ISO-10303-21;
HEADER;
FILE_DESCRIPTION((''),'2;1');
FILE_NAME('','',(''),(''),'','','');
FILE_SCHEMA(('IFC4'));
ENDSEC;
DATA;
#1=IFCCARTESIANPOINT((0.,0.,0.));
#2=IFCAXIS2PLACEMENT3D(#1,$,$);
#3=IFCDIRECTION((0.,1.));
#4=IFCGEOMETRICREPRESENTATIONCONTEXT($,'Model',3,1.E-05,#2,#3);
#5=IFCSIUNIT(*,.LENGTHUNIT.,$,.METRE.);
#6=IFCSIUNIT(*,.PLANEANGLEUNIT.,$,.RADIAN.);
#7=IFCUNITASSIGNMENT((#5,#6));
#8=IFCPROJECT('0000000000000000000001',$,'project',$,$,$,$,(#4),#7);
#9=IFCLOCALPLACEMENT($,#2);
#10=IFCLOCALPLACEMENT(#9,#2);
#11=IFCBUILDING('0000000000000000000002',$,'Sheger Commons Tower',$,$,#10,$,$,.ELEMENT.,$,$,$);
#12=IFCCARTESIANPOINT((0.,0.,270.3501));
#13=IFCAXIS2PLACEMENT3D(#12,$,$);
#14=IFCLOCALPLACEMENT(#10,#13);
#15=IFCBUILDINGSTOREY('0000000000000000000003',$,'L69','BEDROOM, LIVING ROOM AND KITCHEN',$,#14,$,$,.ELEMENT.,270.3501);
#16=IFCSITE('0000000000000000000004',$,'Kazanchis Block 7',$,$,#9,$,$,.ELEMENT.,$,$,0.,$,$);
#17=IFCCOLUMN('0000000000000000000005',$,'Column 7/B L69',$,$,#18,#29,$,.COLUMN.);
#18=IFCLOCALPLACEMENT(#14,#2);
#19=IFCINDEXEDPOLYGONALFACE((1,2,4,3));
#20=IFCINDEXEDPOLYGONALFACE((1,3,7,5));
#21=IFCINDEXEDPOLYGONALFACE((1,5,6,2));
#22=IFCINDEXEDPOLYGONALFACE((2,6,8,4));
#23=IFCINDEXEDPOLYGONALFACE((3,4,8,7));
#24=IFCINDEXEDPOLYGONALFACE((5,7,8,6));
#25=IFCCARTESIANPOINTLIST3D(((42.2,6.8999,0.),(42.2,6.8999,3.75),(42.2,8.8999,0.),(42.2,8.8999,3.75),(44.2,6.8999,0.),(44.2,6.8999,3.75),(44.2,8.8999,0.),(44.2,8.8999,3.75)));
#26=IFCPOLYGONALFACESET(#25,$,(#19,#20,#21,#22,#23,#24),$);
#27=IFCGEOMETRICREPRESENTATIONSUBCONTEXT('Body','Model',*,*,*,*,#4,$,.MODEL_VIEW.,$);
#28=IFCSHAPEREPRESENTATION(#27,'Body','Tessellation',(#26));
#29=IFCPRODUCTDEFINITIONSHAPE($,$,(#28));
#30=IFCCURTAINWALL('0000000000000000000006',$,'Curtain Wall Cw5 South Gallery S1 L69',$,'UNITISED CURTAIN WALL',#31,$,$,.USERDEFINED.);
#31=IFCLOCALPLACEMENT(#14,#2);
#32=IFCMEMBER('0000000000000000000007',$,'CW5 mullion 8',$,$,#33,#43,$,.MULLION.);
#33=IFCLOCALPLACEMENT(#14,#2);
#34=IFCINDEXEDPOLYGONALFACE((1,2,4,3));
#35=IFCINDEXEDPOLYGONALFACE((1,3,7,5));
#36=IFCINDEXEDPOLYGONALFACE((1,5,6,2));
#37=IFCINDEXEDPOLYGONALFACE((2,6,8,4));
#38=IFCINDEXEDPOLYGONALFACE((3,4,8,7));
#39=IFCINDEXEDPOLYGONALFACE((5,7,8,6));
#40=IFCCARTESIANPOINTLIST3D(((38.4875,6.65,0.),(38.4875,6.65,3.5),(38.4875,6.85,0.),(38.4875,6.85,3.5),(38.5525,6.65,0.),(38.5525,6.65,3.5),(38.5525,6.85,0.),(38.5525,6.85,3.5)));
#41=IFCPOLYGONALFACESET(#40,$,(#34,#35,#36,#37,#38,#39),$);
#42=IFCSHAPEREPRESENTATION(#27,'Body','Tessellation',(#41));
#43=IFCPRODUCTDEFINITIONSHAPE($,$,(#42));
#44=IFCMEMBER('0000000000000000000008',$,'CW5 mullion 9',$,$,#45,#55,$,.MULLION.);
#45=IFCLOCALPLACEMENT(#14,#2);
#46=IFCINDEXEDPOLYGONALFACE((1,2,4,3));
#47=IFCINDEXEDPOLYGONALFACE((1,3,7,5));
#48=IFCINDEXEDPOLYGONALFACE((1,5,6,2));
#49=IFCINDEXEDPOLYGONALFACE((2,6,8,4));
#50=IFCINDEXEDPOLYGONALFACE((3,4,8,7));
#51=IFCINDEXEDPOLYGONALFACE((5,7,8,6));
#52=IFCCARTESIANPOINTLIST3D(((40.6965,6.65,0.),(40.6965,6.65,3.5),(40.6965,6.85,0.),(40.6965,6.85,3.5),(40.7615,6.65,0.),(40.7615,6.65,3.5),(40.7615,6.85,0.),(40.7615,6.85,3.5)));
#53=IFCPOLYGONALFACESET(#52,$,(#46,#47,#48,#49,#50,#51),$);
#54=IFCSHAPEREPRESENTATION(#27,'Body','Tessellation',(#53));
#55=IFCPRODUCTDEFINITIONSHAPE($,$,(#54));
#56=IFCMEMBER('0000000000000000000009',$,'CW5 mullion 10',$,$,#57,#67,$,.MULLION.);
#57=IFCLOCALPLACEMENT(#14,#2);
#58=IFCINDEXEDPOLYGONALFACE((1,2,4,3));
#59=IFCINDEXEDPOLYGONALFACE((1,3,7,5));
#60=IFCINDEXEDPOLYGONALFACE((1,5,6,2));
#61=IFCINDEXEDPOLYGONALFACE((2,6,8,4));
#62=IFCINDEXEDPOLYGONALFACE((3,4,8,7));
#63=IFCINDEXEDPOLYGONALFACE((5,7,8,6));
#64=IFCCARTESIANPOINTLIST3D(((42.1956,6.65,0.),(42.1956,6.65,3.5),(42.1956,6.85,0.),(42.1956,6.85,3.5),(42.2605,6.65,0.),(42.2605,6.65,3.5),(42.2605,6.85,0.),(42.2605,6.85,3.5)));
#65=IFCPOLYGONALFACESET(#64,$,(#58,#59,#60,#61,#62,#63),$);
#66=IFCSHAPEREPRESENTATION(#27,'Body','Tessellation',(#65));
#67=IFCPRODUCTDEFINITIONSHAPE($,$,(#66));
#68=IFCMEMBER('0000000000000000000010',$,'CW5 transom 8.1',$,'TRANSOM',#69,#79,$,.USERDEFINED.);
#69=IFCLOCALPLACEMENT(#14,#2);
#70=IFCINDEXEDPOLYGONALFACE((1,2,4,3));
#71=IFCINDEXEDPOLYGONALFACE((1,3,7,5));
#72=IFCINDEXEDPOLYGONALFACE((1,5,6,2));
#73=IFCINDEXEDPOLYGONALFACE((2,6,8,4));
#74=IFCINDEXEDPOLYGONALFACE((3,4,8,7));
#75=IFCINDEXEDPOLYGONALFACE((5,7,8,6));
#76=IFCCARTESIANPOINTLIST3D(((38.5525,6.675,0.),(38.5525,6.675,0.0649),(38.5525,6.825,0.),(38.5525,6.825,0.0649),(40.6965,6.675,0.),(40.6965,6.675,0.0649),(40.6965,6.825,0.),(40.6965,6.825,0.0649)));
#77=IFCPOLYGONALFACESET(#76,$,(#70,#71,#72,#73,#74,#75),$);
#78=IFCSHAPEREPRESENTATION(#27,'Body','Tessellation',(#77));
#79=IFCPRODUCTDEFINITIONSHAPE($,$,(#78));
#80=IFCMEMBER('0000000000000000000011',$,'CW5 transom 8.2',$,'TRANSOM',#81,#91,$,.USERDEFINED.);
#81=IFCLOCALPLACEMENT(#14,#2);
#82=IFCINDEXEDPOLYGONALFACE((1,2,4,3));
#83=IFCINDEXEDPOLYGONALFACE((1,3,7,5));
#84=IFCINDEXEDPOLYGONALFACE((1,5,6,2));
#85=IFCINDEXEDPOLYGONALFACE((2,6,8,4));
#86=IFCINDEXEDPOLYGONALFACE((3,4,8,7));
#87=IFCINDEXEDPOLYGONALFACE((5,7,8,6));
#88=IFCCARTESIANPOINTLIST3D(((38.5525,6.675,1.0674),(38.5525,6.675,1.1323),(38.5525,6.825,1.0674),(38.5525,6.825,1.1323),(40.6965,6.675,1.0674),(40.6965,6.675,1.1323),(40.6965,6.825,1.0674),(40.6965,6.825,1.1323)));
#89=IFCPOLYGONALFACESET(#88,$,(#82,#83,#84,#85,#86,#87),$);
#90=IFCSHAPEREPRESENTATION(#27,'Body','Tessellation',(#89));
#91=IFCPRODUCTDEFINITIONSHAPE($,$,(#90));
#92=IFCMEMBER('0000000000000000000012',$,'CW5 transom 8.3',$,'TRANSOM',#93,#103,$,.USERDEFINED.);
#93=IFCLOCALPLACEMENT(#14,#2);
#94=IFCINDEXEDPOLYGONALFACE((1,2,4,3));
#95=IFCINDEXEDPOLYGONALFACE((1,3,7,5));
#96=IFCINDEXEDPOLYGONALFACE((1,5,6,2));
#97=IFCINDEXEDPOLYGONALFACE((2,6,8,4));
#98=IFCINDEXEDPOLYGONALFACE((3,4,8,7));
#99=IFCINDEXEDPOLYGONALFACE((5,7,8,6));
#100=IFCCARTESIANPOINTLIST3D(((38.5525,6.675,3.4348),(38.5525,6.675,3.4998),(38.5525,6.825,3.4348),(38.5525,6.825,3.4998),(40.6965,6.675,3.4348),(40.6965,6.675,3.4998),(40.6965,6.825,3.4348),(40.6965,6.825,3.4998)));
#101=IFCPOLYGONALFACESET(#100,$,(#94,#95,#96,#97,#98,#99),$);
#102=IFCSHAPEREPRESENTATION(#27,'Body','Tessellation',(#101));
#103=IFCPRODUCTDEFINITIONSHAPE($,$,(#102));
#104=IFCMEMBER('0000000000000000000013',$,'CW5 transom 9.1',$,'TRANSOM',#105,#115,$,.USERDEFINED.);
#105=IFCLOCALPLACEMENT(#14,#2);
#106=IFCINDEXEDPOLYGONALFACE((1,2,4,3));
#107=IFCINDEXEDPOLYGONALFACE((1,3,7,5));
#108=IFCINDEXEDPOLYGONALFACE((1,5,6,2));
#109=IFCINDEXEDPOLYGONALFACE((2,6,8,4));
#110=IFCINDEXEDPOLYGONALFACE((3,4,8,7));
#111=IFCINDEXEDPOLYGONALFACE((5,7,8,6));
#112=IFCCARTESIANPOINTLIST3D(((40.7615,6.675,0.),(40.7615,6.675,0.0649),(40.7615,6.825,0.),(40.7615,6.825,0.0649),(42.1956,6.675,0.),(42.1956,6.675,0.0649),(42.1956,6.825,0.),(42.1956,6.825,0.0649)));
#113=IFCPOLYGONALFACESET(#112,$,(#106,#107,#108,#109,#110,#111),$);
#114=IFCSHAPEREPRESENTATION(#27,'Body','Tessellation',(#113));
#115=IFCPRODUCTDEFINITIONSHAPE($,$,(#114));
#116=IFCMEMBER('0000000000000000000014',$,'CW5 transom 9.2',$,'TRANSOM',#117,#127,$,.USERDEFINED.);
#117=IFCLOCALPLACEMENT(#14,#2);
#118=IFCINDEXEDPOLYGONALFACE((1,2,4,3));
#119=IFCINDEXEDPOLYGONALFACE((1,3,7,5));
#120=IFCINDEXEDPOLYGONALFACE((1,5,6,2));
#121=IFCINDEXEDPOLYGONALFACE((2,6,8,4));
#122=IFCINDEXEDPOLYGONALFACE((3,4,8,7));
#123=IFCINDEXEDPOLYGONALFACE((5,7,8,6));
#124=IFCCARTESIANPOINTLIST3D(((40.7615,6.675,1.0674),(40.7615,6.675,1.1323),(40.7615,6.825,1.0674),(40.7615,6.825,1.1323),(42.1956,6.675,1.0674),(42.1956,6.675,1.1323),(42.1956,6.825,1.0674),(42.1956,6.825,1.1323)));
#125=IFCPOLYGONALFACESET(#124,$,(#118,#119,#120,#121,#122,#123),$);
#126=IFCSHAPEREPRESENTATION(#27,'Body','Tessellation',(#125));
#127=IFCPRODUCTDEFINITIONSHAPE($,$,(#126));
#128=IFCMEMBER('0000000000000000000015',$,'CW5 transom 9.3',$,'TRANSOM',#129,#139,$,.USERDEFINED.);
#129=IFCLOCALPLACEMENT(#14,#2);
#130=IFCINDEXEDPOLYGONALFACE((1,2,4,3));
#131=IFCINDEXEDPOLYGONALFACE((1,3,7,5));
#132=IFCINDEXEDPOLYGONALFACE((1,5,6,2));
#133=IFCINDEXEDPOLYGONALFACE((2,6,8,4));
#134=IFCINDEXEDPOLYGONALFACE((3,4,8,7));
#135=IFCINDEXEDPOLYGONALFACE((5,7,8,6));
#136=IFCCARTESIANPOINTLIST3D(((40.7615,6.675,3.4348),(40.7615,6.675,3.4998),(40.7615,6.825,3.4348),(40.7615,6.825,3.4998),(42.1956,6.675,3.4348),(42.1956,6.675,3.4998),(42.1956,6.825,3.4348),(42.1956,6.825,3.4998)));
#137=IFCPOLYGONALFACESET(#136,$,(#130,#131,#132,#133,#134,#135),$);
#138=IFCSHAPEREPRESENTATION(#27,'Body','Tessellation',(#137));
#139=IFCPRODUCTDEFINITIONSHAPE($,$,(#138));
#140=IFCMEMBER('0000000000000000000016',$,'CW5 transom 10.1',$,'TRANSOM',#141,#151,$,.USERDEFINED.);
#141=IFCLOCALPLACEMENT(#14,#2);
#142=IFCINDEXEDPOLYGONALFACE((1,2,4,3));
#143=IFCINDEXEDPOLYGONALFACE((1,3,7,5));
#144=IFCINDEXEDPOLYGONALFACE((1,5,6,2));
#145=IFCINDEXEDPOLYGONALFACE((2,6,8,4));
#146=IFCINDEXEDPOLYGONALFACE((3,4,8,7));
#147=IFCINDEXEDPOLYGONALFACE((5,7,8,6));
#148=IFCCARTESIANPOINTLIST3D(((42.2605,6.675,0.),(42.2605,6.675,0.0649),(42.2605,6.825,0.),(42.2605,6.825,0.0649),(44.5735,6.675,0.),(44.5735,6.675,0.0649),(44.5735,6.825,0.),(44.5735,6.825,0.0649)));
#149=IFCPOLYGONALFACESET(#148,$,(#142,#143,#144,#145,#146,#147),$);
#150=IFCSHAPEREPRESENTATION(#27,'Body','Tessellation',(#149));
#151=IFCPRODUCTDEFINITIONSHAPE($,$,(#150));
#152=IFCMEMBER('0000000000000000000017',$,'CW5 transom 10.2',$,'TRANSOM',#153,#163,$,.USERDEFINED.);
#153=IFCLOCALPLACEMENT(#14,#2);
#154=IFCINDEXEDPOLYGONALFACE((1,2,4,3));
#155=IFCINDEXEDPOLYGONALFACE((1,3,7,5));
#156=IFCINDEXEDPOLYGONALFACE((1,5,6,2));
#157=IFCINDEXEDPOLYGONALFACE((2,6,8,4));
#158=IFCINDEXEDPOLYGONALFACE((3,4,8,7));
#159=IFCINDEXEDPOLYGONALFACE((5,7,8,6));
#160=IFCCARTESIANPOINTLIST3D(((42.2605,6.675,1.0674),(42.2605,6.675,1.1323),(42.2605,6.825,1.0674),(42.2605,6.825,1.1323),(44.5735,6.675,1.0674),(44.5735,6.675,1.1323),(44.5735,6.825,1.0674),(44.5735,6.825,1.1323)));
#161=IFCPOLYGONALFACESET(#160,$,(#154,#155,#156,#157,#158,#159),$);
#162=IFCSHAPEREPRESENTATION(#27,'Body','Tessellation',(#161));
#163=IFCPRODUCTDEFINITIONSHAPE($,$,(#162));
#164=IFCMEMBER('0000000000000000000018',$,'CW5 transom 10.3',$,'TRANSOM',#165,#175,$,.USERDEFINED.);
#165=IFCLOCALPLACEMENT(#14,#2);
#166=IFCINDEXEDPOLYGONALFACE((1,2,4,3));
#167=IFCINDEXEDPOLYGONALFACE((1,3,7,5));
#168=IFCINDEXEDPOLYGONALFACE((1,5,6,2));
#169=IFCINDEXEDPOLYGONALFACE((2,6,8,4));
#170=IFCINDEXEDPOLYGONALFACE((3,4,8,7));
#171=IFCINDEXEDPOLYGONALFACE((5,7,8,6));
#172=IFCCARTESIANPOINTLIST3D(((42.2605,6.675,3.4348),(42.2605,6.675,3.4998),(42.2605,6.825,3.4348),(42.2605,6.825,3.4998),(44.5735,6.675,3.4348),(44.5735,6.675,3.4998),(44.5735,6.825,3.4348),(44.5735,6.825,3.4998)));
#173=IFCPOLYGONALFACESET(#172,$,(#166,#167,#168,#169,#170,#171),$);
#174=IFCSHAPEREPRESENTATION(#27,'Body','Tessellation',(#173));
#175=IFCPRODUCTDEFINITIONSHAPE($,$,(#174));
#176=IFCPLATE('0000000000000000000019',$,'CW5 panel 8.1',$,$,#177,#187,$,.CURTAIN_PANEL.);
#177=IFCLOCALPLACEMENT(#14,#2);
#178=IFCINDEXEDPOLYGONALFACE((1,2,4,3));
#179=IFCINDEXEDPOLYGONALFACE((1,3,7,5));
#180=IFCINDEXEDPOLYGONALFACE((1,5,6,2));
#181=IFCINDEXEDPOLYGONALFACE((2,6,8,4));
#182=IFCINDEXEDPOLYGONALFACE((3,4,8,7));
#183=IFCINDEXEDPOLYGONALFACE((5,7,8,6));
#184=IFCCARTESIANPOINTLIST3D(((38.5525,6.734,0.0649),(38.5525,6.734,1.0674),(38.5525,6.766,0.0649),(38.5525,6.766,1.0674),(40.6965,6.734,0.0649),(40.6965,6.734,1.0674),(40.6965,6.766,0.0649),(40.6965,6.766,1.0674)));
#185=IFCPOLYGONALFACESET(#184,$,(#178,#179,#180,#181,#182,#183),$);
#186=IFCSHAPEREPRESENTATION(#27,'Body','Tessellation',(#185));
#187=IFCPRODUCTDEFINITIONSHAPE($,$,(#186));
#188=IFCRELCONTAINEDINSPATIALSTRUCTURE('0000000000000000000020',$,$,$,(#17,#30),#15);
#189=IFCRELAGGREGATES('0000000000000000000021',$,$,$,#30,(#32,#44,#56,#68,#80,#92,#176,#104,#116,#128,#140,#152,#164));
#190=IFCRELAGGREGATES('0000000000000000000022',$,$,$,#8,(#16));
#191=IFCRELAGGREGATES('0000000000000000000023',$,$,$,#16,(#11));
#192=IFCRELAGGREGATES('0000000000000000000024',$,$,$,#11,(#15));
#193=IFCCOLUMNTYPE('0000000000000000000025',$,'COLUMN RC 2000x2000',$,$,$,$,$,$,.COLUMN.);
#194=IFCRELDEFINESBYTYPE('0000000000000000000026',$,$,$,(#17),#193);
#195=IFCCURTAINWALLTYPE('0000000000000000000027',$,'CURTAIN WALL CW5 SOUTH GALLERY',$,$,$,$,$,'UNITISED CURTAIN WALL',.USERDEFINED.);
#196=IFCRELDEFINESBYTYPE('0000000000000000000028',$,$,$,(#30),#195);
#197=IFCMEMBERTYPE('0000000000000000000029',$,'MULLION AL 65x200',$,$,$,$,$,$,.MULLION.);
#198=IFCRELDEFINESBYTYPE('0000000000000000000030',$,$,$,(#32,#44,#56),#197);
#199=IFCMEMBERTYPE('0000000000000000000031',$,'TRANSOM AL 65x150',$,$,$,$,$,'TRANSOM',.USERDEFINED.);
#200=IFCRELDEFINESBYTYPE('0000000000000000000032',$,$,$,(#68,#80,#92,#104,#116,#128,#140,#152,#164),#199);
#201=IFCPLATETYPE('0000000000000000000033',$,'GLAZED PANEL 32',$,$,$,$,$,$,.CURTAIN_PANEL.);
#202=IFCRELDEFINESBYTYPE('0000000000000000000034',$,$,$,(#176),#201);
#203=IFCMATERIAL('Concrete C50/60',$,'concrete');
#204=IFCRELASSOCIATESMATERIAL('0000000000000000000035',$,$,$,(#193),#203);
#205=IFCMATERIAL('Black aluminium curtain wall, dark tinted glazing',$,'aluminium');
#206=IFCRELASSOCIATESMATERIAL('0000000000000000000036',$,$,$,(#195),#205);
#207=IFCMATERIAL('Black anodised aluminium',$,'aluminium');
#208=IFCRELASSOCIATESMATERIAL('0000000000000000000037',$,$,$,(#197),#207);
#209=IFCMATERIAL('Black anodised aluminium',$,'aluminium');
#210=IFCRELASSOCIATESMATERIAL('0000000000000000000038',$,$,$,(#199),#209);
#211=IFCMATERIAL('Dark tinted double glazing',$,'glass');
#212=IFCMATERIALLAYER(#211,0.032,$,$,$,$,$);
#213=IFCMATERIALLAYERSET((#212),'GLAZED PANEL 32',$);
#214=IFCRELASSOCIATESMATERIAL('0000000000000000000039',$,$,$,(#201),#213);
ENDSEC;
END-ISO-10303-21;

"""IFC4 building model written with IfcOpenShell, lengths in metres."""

from ifc_helpers import new_model, si_unit, direction, frame, origin, origin_2d, place, context, subcontext, project, spatial, rectangle, extrude, material, layer, layer_set, material_profile, profile_set, type_object, element, aggregate, save


model = new_model("IFC4")

# Units and contexts
model_context = context("Model", 3, precision=1e-05, world=origin(), true_north=direction((0.0, 1.0)))
body_context = subcontext(model_context, "Body", "Model", "MODEL_VIEW")
ifc_project = project(units=[si_unit("LENGTHUNIT", "METRE"), si_unit("PLANEANGLEUNIT", "RADIAN")], contexts=[model_context])

# Site, building, storey
site_placement = place(None, origin())
site = spatial("IfcSite", under=ifc_project, at=site_placement, Name="Kazanchis Block 7", CompositionType="ELEMENT", RefElevation=0.0)
building_placement = place(site_placement, origin())
building = spatial("IfcBuilding", under=site, at=building_placement, Name="Sheger Commons Tower", CompositionType="ELEMENT")
storey_placement = place(building_placement, frame((0.0, 0.0, 270.3501)))
storey = spatial("IfcBuildingStorey", under=building, at=storey_placement, Name="L69", Description="BEDROOM, LIVING ROOM AND KITCHEN", CompositionType="ELEMENT", Elevation=270.3501)

# Column
ifc_material_1 = material(Name="Concrete C50/60", Category="concrete")
ifc_material_profile_1 = material_profile(ifc_material_1, rectangle(XDim=2.0, YDim=2.0, at=origin_2d()), Name="RC 2000x2000")
ifc_profile_set_1 = profile_set([ifc_material_profile_1], Name="Concrete C50/60")
column_type = type_object("IfcColumnType", Name="COLUMN RC 2000x2000", PredefinedType="COLUMN", material=ifc_profile_set_1)
column_placement = place(storey_placement, frame((43.2, 7.8999, 0.0), z_axis=(0.0, 0.0, 1.0), x_axis=(1.0, 0.0, 0.0)))
element("IfcColumn", 1, at=column_placement, inside=storey, type_object=column_type, Name="Column 7/B L69", PredefinedType="COLUMN", context=body_context, shape_type="SweptSolid", body=[
    extrude(rectangle(XDim=2.0, YDim=2.0, at=origin_2d()), origin(), (0.0, 0.0, 1.0), 3.75),
])

# Curtain wall, members, plate
ifc_material_2 = material(Name="Black aluminium curtain wall, dark tinted glazing", Category="aluminium")
curtain_wall_type = type_object("IfcCurtainWallType", Name="CURTAIN WALL CW5 SOUTH GALLERY", ElementType="UNITISED CURTAIN WALL", PredefinedType="USERDEFINED", material=ifc_material_2)
curtain_wall_placement = place(storey_placement, origin())
curtain_wall = element("IfcCurtainWall", 2, at=curtain_wall_placement, inside=storey, type_object=curtain_wall_type, Name="Curtain Wall Cw5 South Gallery S1 L69", ObjectType="UNITISED CURTAIN WALL", PredefinedType="USERDEFINED")
ifc_material_3 = material(Name="Black anodised aluminium", Category="aluminium")
ifc_material_profile_2 = material_profile(ifc_material_3, rectangle(XDim=0.2, YDim=0.0649, at=origin_2d()), Name="AL 65x200")
ifc_profile_set_2 = profile_set([ifc_material_profile_2], Name="Black anodised aluminium")
member_type_1 = type_object("IfcMemberType", Name="MULLION AL 65x200", PredefinedType="MULLION", material=ifc_profile_set_2)
member_1_placement = place(storey_placement, frame((38.52, 6.75, 0.0), z_axis=(0.0, 0.0, 1.0), x_axis=(0.0, 1.0, 0.0)))
member_1 = element("IfcMember", 3, at=member_1_placement, type_object=member_type_1, Name="CW5 mullion 8", PredefinedType="MULLION", context=body_context, shape_type="SweptSolid", body=[
    extrude(rectangle(XDim=0.2, YDim=0.0649, at=origin_2d()), origin(), (0.0, 0.0, 1.0), 3.5),
])
member_2_placement = place(storey_placement, frame((40.729, 6.75, 0.0), z_axis=(0.0, 0.0, 1.0), x_axis=(0.0, 1.0, 0.0)))
member_2 = element("IfcMember", 4, at=member_2_placement, type_object=member_type_1, Name="CW5 mullion 9", PredefinedType="MULLION", context=body_context, shape_type="SweptSolid", body=[
    extrude(rectangle(XDim=0.2, YDim=0.0649, at=origin_2d()), origin(), (0.0, 0.0, 1.0), 3.5),
])
member_3_placement = place(storey_placement, frame((42.228, 6.75, 0.0), z_axis=(0.0, 0.0, 1.0), x_axis=(0.0, 1.0, 0.0)))
member_3 = element("IfcMember", 5, at=member_3_placement, type_object=member_type_1, Name="CW5 mullion 10", PredefinedType="MULLION", context=body_context, shape_type="SweptSolid", body=[
    extrude(rectangle(XDim=0.2, YDim=0.0649, at=origin_2d()), origin(), (0.0, 0.0, 1.0), 3.5),
])
ifc_material_4 = material(Name="Black anodised aluminium", Category="aluminium")
ifc_material_profile_3 = material_profile(ifc_material_4, rectangle(XDim=0.1499, YDim=0.0649, at=origin_2d()), Name="AL 65x150")
ifc_profile_set_3 = profile_set([ifc_material_profile_3], Name="Black anodised aluminium")
member_type_2 = type_object("IfcMemberType", Name="TRANSOM AL 65x150", ElementType="TRANSOM", PredefinedType="USERDEFINED", material=ifc_profile_set_3)
member_4_placement = place(storey_placement, frame((38.5525, 6.75, 0.0325), z_axis=(1.0, 0.0, 0.0), x_axis=(0.0, 1.0, 0.0)))
member_4 = element("IfcMember", 6, at=member_4_placement, type_object=member_type_2, Name="CW5 transom 8.1", ObjectType="TRANSOM", PredefinedType="USERDEFINED", context=body_context, shape_type="SweptSolid", body=[
    extrude(rectangle(XDim=0.1499, YDim=0.0649, at=origin_2d()), origin(), (0.0, 0.0, 1.0), 2.144),
])
member_5_placement = place(storey_placement, frame((38.5525, 6.75, 1.0999), z_axis=(1.0, 0.0, 0.0), x_axis=(0.0, 1.0, 0.0)))
member_5 = element("IfcMember", 7, at=member_5_placement, type_object=member_type_2, Name="CW5 transom 8.2", ObjectType="TRANSOM", PredefinedType="USERDEFINED", context=body_context, shape_type="SweptSolid", body=[
    extrude(rectangle(XDim=0.1499, YDim=0.0649, at=origin_2d()), origin(), (0.0, 0.0, 1.0), 2.144),
])
member_6_placement = place(storey_placement, frame((38.5525, 6.75, 3.4673), z_axis=(1.0, 0.0, 0.0), x_axis=(0.0, 1.0, 0.0)))
member_6 = element("IfcMember", 8, at=member_6_placement, type_object=member_type_2, Name="CW5 transom 8.3", ObjectType="TRANSOM", PredefinedType="USERDEFINED", context=body_context, shape_type="SweptSolid", body=[
    extrude(rectangle(XDim=0.1499, YDim=0.0649, at=origin_2d()), origin(), (0.0, 0.0, 1.0), 2.144),
])
member_7_placement = place(storey_placement, frame((40.7615, 6.75, 0.0325), z_axis=(1.0, 0.0, 0.0), x_axis=(0.0, 1.0, 0.0)))
member_7 = element("IfcMember", 9, at=member_7_placement, type_object=member_type_2, Name="CW5 transom 9.1", ObjectType="TRANSOM", PredefinedType="USERDEFINED", context=body_context, shape_type="SweptSolid", body=[
    extrude(rectangle(XDim=0.1499, YDim=0.0649, at=origin_2d()), origin(), (0.0, 0.0, 1.0), 1.4341),
])
member_8_placement = place(storey_placement, frame((40.7615, 6.75, 1.0999), z_axis=(1.0, 0.0, 0.0), x_axis=(0.0, 1.0, 0.0)))
member_8 = element("IfcMember", 10, at=member_8_placement, type_object=member_type_2, Name="CW5 transom 9.2", ObjectType="TRANSOM", PredefinedType="USERDEFINED", context=body_context, shape_type="SweptSolid", body=[
    extrude(rectangle(XDim=0.1499, YDim=0.0649, at=origin_2d()), origin(), (0.0, 0.0, 1.0), 1.4341),
])
member_9_placement = place(storey_placement, frame((40.7615, 6.75, 3.4673), z_axis=(1.0, 0.0, 0.0), x_axis=(0.0, 1.0, 0.0)))
member_9 = element("IfcMember", 11, at=member_9_placement, type_object=member_type_2, Name="CW5 transom 9.3", ObjectType="TRANSOM", PredefinedType="USERDEFINED", context=body_context, shape_type="SweptSolid", body=[
    extrude(rectangle(XDim=0.1499, YDim=0.0649, at=origin_2d()), origin(), (0.0, 0.0, 1.0), 1.4341),
])
member_10_placement = place(storey_placement, frame((42.2605, 6.75, 0.0325), z_axis=(1.0, 0.0, 0.0), x_axis=(0.0, 1.0, 0.0)))
member_10 = element("IfcMember", 12, at=member_10_placement, type_object=member_type_2, Name="CW5 transom 10.1", ObjectType="TRANSOM", PredefinedType="USERDEFINED", context=body_context, shape_type="SweptSolid", body=[
    extrude(rectangle(XDim=0.1499, YDim=0.0649, at=origin_2d()), origin(), (0.0, 0.0, 1.0), 2.313),
])
member_11_placement = place(storey_placement, frame((42.2605, 6.75, 1.0999), z_axis=(1.0, 0.0, 0.0), x_axis=(0.0, 1.0, 0.0)))
member_11 = element("IfcMember", 13, at=member_11_placement, type_object=member_type_2, Name="CW5 transom 10.2", ObjectType="TRANSOM", PredefinedType="USERDEFINED", context=body_context, shape_type="SweptSolid", body=[
    extrude(rectangle(XDim=0.1499, YDim=0.0649, at=origin_2d()), origin(), (0.0, 0.0, 1.0), 2.313),
])
member_12_placement = place(storey_placement, frame((42.2605, 6.75, 3.4673), z_axis=(1.0, 0.0, 0.0), x_axis=(0.0, 1.0, 0.0)))
member_12 = element("IfcMember", 14, at=member_12_placement, type_object=member_type_2, Name="CW5 transom 10.3", ObjectType="TRANSOM", PredefinedType="USERDEFINED", context=body_context, shape_type="SweptSolid", body=[
    extrude(rectangle(XDim=0.1499, YDim=0.0649, at=origin_2d()), origin(), (0.0, 0.0, 1.0), 2.313),
])
ifc_material_5 = material(Name="Dark tinted double glazing", Category="glass")
ifc_layer_1 = layer(ifc_material_5, 0.032)
ifc_layer_set_1 = layer_set([ifc_layer_1], Name="GLAZED PANEL 32")
plate_type = type_object("IfcPlateType", Name="GLAZED PANEL 32", PredefinedType="CURTAIN_PANEL", material=ifc_layer_set_1)
plate_1_placement = place(storey_placement, frame((39.6245, 6.75, 0.0649), z_axis=(0.0, 0.0, 1.0), x_axis=(1.0, 0.0, 0.0)))
plate_1 = element("IfcPlate", 15, at=plate_1_placement, type_object=plate_type, Name="CW5 panel 8.1", PredefinedType="CURTAIN_PANEL", context=body_context, shape_type="SweptSolid", body=[
    extrude(rectangle(XDim=2.144, YDim=0.032, at=origin_2d()), origin(), (0.0, 0.0, 1.0), 1.0024),
])
aggregate(curtain_wall, [member_1, member_2, member_3, member_4, member_5, member_6, plate_1, member_7, member_8, member_9, member_10, member_11, member_12])

save(model, "model.ifc")
